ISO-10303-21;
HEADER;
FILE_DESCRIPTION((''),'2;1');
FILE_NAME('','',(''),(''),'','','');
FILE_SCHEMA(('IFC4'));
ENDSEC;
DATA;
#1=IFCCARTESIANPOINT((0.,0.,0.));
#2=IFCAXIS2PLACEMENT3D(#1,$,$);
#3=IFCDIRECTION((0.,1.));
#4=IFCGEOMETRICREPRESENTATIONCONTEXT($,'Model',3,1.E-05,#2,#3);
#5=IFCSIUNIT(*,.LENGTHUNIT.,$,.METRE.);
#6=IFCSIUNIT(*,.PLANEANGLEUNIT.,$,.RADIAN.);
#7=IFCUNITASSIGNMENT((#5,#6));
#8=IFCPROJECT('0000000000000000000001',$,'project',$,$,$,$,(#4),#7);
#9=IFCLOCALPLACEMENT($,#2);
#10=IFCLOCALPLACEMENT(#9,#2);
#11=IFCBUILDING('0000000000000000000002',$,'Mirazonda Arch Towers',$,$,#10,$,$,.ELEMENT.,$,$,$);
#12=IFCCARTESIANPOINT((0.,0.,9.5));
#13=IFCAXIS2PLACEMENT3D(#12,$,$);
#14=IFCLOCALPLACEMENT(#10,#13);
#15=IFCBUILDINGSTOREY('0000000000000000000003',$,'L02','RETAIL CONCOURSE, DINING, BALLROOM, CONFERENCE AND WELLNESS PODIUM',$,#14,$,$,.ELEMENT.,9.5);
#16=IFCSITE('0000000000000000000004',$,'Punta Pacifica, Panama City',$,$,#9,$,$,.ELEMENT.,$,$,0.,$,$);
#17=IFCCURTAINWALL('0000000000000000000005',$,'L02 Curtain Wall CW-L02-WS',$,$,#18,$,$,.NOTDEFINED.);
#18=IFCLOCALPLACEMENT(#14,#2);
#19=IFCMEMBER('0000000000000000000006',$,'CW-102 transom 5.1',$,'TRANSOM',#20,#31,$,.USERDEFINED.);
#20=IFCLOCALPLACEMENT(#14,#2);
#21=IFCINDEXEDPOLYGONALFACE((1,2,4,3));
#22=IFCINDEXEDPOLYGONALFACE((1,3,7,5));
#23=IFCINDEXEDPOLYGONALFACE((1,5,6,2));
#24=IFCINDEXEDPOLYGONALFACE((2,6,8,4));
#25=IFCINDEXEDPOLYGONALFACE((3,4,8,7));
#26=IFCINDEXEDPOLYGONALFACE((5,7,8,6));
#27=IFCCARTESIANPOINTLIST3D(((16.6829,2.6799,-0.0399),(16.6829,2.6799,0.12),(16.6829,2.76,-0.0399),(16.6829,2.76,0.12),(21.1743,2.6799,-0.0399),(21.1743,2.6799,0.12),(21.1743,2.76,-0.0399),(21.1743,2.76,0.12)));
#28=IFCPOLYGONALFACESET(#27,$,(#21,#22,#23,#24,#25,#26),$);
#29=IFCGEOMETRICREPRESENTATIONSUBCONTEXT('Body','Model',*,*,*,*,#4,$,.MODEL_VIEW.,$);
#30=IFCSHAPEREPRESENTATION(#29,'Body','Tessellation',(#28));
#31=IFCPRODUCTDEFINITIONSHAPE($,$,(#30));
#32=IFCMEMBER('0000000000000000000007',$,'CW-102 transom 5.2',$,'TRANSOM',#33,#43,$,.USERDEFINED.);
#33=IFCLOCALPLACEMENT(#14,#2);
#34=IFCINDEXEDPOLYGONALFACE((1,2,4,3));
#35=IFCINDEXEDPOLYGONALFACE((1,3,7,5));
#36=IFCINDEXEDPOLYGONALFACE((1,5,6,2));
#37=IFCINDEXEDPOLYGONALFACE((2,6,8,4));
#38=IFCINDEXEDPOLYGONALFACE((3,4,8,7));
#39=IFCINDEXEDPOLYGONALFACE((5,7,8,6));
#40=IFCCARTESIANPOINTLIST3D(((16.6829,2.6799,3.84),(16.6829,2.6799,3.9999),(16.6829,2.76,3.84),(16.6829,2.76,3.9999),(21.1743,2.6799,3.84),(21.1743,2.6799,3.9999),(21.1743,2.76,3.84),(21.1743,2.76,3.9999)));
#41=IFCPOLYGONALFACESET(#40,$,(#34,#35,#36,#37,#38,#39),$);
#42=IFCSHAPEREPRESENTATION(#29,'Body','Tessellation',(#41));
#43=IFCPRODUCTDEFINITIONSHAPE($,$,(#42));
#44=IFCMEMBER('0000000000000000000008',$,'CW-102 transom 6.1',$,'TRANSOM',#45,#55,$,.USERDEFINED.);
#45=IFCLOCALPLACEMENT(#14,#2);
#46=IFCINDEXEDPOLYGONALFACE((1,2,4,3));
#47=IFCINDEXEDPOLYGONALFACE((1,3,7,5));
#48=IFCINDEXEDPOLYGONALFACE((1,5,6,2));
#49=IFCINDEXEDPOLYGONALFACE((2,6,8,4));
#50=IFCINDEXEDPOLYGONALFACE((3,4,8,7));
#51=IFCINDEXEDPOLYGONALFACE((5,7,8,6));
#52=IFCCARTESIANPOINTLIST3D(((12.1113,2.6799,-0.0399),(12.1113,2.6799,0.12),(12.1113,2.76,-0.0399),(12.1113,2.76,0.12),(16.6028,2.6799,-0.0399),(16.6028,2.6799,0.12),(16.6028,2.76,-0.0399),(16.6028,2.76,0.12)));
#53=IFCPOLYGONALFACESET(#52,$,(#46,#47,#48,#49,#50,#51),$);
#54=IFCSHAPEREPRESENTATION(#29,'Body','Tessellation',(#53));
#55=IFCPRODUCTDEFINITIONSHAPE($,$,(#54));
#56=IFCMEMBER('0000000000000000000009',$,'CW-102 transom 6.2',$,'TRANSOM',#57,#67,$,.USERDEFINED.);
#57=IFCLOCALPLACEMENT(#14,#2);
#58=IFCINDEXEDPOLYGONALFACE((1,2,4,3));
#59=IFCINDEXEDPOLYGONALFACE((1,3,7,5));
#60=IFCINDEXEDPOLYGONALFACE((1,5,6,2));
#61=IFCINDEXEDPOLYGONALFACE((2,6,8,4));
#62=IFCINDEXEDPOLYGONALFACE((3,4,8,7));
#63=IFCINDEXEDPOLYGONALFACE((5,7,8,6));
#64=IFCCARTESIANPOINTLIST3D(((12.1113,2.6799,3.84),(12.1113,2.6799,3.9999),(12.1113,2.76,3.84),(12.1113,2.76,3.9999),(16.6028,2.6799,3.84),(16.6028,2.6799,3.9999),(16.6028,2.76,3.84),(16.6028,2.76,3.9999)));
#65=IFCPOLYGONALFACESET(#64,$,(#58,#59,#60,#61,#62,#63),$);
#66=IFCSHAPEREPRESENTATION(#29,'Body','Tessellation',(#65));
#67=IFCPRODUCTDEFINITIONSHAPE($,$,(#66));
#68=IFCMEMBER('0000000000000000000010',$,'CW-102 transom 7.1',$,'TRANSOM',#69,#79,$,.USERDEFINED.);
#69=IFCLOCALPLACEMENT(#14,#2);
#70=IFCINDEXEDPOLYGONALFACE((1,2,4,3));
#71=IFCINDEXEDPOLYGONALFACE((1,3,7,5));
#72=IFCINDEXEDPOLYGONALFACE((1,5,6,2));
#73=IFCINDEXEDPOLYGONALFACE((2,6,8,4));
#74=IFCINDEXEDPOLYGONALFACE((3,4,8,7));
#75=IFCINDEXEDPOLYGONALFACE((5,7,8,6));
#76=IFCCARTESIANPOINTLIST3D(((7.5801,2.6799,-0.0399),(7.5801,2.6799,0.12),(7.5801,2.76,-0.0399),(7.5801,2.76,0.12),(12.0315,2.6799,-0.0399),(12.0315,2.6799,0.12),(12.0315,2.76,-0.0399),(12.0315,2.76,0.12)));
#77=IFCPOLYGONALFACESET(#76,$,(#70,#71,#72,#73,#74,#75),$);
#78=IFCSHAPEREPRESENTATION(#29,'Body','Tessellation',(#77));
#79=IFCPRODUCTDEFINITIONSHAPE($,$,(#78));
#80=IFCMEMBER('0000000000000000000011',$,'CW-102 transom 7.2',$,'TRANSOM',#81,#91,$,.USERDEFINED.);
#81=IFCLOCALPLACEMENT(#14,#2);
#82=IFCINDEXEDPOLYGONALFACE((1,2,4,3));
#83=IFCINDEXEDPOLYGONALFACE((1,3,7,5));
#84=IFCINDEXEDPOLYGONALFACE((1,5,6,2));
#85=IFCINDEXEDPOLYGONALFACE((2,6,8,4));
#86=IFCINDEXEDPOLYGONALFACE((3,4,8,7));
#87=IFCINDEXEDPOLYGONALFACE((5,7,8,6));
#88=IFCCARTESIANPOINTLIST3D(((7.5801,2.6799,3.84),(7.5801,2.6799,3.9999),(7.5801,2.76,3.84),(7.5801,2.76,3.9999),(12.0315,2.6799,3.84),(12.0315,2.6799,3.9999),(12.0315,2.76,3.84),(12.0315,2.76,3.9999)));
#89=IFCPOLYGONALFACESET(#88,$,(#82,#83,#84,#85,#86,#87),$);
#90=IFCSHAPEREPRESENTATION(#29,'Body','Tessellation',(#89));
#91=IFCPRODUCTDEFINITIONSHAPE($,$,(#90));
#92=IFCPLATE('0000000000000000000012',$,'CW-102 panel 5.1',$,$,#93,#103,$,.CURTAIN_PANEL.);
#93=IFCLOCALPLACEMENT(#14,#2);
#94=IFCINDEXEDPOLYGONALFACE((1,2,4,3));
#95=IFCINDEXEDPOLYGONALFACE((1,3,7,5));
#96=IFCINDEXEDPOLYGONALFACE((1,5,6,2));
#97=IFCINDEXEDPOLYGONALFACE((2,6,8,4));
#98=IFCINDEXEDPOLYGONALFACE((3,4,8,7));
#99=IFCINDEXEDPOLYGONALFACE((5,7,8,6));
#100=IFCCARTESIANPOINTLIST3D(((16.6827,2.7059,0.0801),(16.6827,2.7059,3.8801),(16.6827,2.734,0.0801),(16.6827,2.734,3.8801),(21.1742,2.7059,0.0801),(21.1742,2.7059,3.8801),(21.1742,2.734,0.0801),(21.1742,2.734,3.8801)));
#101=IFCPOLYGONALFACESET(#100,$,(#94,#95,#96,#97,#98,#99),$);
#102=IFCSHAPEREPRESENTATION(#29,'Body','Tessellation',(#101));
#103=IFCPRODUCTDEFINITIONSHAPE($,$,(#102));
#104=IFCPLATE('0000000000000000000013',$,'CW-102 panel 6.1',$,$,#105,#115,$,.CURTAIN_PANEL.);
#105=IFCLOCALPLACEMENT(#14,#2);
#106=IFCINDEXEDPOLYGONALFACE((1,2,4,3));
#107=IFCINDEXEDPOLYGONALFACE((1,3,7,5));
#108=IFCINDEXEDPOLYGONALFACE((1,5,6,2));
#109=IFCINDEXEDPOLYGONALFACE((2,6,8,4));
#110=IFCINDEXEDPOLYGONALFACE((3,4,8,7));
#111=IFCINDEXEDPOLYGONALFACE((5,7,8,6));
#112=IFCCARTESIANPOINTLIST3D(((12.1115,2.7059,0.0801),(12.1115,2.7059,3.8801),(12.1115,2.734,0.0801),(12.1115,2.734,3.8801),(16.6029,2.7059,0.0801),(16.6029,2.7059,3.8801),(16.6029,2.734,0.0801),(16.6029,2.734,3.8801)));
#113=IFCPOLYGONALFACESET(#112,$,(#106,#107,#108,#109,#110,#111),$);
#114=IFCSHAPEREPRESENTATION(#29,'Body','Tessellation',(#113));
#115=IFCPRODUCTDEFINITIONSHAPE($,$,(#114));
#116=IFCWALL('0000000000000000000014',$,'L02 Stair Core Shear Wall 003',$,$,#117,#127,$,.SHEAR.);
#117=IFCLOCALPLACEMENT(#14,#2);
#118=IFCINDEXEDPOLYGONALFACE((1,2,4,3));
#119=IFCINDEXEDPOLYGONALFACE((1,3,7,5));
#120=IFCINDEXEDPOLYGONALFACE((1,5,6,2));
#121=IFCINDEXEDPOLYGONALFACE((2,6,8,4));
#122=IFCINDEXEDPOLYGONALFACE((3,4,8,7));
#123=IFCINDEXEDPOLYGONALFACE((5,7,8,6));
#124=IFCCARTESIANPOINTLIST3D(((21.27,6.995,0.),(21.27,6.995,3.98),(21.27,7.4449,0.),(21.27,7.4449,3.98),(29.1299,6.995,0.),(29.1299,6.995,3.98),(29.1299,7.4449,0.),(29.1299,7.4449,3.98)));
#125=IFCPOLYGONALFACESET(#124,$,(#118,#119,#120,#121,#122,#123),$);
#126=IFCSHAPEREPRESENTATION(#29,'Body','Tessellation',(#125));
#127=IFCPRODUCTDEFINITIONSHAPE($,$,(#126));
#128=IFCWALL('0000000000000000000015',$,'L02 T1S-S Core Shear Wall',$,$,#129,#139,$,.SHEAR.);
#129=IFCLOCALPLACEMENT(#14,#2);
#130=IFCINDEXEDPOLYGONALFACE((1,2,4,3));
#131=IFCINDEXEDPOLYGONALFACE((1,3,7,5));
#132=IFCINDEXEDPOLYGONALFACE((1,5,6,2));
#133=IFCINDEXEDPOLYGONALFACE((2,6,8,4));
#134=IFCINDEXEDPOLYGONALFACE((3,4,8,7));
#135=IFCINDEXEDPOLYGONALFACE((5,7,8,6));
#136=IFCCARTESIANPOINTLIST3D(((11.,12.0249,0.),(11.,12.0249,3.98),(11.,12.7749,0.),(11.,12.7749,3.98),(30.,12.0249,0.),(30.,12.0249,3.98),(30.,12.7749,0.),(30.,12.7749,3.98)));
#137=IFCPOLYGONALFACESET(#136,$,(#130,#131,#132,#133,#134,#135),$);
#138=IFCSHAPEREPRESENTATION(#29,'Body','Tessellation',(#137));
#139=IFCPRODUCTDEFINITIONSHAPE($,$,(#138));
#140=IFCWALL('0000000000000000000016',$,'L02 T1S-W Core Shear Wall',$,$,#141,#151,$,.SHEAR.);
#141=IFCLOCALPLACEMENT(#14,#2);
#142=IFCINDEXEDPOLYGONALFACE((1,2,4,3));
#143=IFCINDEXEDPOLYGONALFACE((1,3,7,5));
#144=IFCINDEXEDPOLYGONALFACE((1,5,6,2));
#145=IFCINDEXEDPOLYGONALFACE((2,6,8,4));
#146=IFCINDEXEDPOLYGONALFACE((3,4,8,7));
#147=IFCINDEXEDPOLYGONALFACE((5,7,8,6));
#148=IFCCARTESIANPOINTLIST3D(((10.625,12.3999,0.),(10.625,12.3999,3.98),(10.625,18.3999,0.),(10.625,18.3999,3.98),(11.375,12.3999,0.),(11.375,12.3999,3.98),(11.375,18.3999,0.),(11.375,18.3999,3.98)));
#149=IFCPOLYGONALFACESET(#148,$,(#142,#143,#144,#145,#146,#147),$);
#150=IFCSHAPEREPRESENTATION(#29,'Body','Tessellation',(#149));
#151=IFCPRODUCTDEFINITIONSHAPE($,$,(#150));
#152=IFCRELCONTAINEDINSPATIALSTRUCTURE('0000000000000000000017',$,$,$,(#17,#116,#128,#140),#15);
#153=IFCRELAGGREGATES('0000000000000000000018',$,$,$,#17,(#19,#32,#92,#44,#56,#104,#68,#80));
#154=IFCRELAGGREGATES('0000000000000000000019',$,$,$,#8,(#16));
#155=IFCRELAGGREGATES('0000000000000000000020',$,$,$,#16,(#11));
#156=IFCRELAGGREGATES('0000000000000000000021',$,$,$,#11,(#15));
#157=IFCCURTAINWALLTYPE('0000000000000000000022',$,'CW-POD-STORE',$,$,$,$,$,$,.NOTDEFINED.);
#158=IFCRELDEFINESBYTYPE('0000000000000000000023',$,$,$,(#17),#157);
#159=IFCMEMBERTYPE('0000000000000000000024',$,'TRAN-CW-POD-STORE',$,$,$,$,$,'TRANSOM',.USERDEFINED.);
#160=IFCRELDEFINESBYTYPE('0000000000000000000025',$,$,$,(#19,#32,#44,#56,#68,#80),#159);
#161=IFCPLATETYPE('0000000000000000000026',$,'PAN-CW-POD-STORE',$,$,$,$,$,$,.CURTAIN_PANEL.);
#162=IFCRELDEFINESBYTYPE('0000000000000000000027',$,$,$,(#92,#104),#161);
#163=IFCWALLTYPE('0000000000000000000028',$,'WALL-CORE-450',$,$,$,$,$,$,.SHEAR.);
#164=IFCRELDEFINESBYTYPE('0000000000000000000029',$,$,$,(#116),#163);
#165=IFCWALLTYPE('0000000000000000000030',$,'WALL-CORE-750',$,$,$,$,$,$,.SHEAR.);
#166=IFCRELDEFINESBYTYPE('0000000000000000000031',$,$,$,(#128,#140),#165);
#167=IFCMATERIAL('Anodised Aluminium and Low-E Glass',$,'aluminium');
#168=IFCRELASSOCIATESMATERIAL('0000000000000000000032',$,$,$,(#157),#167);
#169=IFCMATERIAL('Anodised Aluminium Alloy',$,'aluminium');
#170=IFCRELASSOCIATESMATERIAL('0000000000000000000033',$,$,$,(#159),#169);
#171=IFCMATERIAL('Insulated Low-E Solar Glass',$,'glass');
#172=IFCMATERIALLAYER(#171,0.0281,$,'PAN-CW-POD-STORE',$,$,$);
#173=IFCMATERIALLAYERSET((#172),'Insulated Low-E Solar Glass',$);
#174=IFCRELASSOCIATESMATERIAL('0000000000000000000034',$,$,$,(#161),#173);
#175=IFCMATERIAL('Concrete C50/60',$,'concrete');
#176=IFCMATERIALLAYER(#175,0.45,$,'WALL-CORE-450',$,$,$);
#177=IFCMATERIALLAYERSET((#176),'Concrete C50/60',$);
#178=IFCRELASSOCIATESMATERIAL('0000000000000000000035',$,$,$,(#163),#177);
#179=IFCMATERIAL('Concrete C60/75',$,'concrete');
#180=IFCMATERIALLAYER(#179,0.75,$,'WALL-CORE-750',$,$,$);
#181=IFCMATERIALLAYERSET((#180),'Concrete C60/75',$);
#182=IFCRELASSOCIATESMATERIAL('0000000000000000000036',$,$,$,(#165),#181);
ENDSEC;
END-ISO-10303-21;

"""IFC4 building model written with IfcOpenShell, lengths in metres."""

from ifc_helpers import new_model, si_unit, direction, frame, frame_2d, origin, origin_2d, place, context, subcontext, project, spatial, rectangle, extrude, material, layer, layer_set, material_profile, profile_set, type_object, element, aggregate, save


model = new_model("IFC4")

# Units and contexts
model_context = context("Model", 3, precision=1e-05, world=origin(), true_north=direction((0.0, 1.0)))
body_context = subcontext(model_context, "Body", "Model", "MODEL_VIEW")
ifc_project = project(units=[si_unit("LENGTHUNIT", "METRE"), si_unit("PLANEANGLEUNIT", "RADIAN")], contexts=[model_context])

# Site, building, storey
site_placement = place(None, origin())
site = spatial("IfcSite", under=ifc_project, at=site_placement, Name="Punta Pacifica, Panama City", CompositionType="ELEMENT", RefElevation=0.0)
building_placement = place(site_placement, origin())
building = spatial("IfcBuilding", under=site, at=building_placement, Name="Mirazonda Arch Towers", CompositionType="ELEMENT")
storey_placement = place(building_placement, frame((0.0, 0.0, 9.5)))
storey = spatial("IfcBuildingStorey", under=building, at=storey_placement, Name="L02", Description="RETAIL CONCOURSE, DINING, BALLROOM, CONFERENCE AND WELLNESS PODIUM", CompositionType="ELEMENT", Elevation=9.5)

# Shared definitions
ifc_material_1 = material(Name="Concrete C60/75", Category="concrete")
ifc_material_2 = material(Name="Concrete C50/60", Category="concrete")

# Curtain wall, members, plates
ifc_material_3 = material(Name="Anodised Aluminium and Low-E Glass", Category="aluminium")
curtain_wall_type = type_object("IfcCurtainWallType", Name="CW-POD-STORE", PredefinedType="NOTDEFINED", material=ifc_material_3)
curtain_wall_placement = place(storey_placement, origin())
curtain_wall = element("IfcCurtainWall", 1, at=curtain_wall_placement, inside=storey, type_object=curtain_wall_type, Name="L02 Curtain Wall CW-L02-WS", PredefinedType="NOTDEFINED")
ifc_material_4 = material(Name="Anodised Aluminium Alloy", Category="aluminium")
ifc_material_profile_1 = material_profile(ifc_material_4, rectangle(XDim=0.0801, YDim=0.1599, at=origin_2d()), Name="ALU-TRAN-80x160")
ifc_profile_set_1 = profile_set([ifc_material_profile_1], Name="Anodised Aluminium Alloy")
member_type_1 = type_object("IfcMemberType", Name="TRAN-CW-POD-STORE", ElementType="TRANSOM", PredefinedType="USERDEFINED", material=ifc_profile_set_1)
member_1_placement = place(storey_placement, frame((21.1743, 2.72, 0.04), z_axis=(-1.0, 0.0, 0.0), x_axis=(0.0, -1.0, 0.0)))
member_1 = element("IfcMember", 2, at=member_1_placement, type_object=member_type_1, Name="CW-102 transom 5.1", ObjectType="TRANSOM", PredefinedType="USERDEFINED", context=body_context, shape_type="SweptSolid", body=[
    extrude(rectangle(XDim=0.0801, YDim=0.1599, at=origin_2d()), origin(), (0.0, 0.0, 1.0), 4.4915),
])
member_2_placement = place(storey_placement, frame((21.1743, 2.72, 3.9199), z_axis=(-1.0, 0.0, 0.0), x_axis=(0.0, -1.0, 0.0)))
member_2 = element("IfcMember", 3, at=member_2_placement, type_object=member_type_1, Name="CW-102 transom 5.2", ObjectType="TRANSOM", PredefinedType="USERDEFINED", context=body_context, shape_type="SweptSolid", body=[
    extrude(rectangle(XDim=0.0801, YDim=0.1599, at=origin_2d()), origin(), (0.0, 0.0, 1.0), 4.4915),
])
member_3_placement = place(storey_placement, frame((16.6028, 2.72, 0.04), z_axis=(-1.0, 0.0, 0.0), x_axis=(0.0, -1.0, 0.0)))
member_3 = element("IfcMember", 4, at=member_3_placement, type_object=member_type_1, Name="CW-102 transom 6.1", ObjectType="TRANSOM", PredefinedType="USERDEFINED", context=body_context, shape_type="SweptSolid", body=[
    extrude(rectangle(XDim=0.0801, YDim=0.1599, at=origin_2d()), origin(), (0.0, 0.0, 1.0), 4.4915),
])
member_4_placement = place(storey_placement, frame((16.6028, 2.72, 3.9199), z_axis=(-1.0, 0.0, 0.0), x_axis=(0.0, -1.0, 0.0)))
member_4 = element("IfcMember", 5, at=member_4_placement, type_object=member_type_1, Name="CW-102 transom 6.2", ObjectType="TRANSOM", PredefinedType="USERDEFINED", context=body_context, shape_type="SweptSolid", body=[
    extrude(rectangle(XDim=0.0801, YDim=0.1599, at=origin_2d()), origin(), (0.0, 0.0, 1.0), 4.4915),
])
member_5_placement = place(storey_placement, frame((12.0315, 2.72, 0.04), z_axis=(-1.0, 0.0, 0.0), x_axis=(0.0, -1.0, 0.0)))
member_5 = element("IfcMember", 6, at=member_5_placement, type_object=member_type_1, Name="CW-102 transom 7.1", ObjectType="TRANSOM", PredefinedType="USERDEFINED", context=body_context, shape_type="SweptSolid", body=[
    extrude(rectangle(XDim=0.0801, YDim=0.1599, at=origin_2d()), origin(), (0.0, 0.0, 1.0), 4.4514),
])
member_6_placement = place(storey_placement, frame((12.0315, 2.72, 3.9199), z_axis=(-1.0, 0.0, 0.0), x_axis=(0.0, -1.0, 0.0)))
member_6 = element("IfcMember", 7, at=member_6_placement, type_object=member_type_1, Name="CW-102 transom 7.2", ObjectType="TRANSOM", PredefinedType="USERDEFINED", context=body_context, shape_type="SweptSolid", body=[
    extrude(rectangle(XDim=0.0801, YDim=0.1599, at=origin_2d()), origin(), (0.0, 0.0, 1.0), 4.4514),
])
ifc_material_5 = material(Name="Insulated Low-E Solar Glass", Category="glass")
ifc_layer_1 = layer(ifc_material_5, 0.0281, Name="PAN-CW-POD-STORE")
ifc_layer_set_1 = layer_set([ifc_layer_1], Name="Insulated Low-E Solar Glass")
plate_type = type_object("IfcPlateType", Name="PAN-CW-POD-STORE", PredefinedType="CURTAIN_PANEL", material=ifc_layer_set_1)
plate_1_placement = place(storey_placement, frame((18.9285, 2.72, 0.0801), z_axis=(0.0, 0.0, 1.0), x_axis=(-1.0, 0.0, 0.0)))
plate_1 = element("IfcPlate", 8, at=plate_1_placement, type_object=plate_type, Name="CW-102 panel 5.1", PredefinedType="CURTAIN_PANEL", context=body_context, shape_type="SweptSolid", body=[
    extrude(rectangle(XDim=4.4915, YDim=0.0281, at=origin_2d()), origin(), (0.0, 0.0, 1.0), 3.8),
])
plate_2_placement = place(storey_placement, frame((14.3572, 2.72, 0.0801), z_axis=(0.0, 0.0, 1.0), x_axis=(-1.0, 0.0, 0.0)))
plate_2 = element("IfcPlate", 9, at=plate_2_placement, type_object=plate_type, Name="CW-102 panel 6.1", PredefinedType="CURTAIN_PANEL", context=body_context, shape_type="SweptSolid", body=[
    extrude(rectangle(XDim=4.4915, YDim=0.0281, at=origin_2d()), origin(), (0.0, 0.0, 1.0), 3.8),
])
aggregate(curtain_wall, [member_1, member_2, plate_1, member_3, member_4, plate_2, member_5, member_6])

# Walls
ifc_layer_2 = layer(ifc_material_2, 0.45, Name="WALL-CORE-450")
ifc_layer_set_2 = layer_set([ifc_layer_2], Name="Concrete C50/60")
wall_type_1 = type_object("IfcWallType", Name="WALL-CORE-450", PredefinedType="SHEAR", material=ifc_layer_set_2)
wall_1_placement = place(storey_placement, frame((21.27, 7.22, 0.0), z_axis=(0.0, 0.0, 1.0), x_axis=(1.0, 0.0, 0.0)))
element("IfcWall", 10, at=wall_1_placement, inside=storey, type_object=wall_type_1, Name="L02 Stair Core Shear Wall 003", PredefinedType="SHEAR", context=body_context, shape_type="SweptSolid", body=[
    extrude(rectangle(XDim=7.8599, YDim=0.45, at=frame_2d((3.9299, 0.0))), origin(), (0.0, 0.0, 1.0), 3.98),
])
ifc_layer_3 = layer(ifc_material_1, 0.75, Name="WALL-CORE-750")
ifc_layer_set_3 = layer_set([ifc_layer_3], Name="Concrete C60/75")
wall_type_2 = type_object("IfcWallType", Name="WALL-CORE-750", PredefinedType="SHEAR", material=ifc_layer_set_3)
wall_2_placement = place(storey_placement, frame((11.0, 12.3999, 0.0), z_axis=(0.0, 0.0, 1.0), x_axis=(1.0, 0.0, 0.0)))
element("IfcWall", 11, at=wall_2_placement, inside=storey, type_object=wall_type_2, Name="L02 T1S-S Core Shear Wall", PredefinedType="SHEAR", context=body_context, shape_type="SweptSolid", body=[
    extrude(rectangle(XDim=19.0, YDim=0.75, at=frame_2d((9.5, 0.0))), origin(), (0.0, 0.0, 1.0), 3.98),
])
wall_3_placement = place(storey_placement, frame((11.0, 12.3999, 0.0), z_axis=(0.0, 0.0, 1.0), x_axis=(0.0, 1.0, 0.0)))
element("IfcWall", 12, at=wall_3_placement, inside=storey, type_object=wall_type_2, Name="L02 T1S-W Core Shear Wall", PredefinedType="SHEAR", context=body_context, shape_type="SweptSolid", body=[
    extrude(rectangle(XDim=6.0, YDim=0.75, at=frame_2d((3.0, 0.0))), origin(), (0.0, 0.0, 1.0), 3.98),
])

save(model, "model.ifc")
